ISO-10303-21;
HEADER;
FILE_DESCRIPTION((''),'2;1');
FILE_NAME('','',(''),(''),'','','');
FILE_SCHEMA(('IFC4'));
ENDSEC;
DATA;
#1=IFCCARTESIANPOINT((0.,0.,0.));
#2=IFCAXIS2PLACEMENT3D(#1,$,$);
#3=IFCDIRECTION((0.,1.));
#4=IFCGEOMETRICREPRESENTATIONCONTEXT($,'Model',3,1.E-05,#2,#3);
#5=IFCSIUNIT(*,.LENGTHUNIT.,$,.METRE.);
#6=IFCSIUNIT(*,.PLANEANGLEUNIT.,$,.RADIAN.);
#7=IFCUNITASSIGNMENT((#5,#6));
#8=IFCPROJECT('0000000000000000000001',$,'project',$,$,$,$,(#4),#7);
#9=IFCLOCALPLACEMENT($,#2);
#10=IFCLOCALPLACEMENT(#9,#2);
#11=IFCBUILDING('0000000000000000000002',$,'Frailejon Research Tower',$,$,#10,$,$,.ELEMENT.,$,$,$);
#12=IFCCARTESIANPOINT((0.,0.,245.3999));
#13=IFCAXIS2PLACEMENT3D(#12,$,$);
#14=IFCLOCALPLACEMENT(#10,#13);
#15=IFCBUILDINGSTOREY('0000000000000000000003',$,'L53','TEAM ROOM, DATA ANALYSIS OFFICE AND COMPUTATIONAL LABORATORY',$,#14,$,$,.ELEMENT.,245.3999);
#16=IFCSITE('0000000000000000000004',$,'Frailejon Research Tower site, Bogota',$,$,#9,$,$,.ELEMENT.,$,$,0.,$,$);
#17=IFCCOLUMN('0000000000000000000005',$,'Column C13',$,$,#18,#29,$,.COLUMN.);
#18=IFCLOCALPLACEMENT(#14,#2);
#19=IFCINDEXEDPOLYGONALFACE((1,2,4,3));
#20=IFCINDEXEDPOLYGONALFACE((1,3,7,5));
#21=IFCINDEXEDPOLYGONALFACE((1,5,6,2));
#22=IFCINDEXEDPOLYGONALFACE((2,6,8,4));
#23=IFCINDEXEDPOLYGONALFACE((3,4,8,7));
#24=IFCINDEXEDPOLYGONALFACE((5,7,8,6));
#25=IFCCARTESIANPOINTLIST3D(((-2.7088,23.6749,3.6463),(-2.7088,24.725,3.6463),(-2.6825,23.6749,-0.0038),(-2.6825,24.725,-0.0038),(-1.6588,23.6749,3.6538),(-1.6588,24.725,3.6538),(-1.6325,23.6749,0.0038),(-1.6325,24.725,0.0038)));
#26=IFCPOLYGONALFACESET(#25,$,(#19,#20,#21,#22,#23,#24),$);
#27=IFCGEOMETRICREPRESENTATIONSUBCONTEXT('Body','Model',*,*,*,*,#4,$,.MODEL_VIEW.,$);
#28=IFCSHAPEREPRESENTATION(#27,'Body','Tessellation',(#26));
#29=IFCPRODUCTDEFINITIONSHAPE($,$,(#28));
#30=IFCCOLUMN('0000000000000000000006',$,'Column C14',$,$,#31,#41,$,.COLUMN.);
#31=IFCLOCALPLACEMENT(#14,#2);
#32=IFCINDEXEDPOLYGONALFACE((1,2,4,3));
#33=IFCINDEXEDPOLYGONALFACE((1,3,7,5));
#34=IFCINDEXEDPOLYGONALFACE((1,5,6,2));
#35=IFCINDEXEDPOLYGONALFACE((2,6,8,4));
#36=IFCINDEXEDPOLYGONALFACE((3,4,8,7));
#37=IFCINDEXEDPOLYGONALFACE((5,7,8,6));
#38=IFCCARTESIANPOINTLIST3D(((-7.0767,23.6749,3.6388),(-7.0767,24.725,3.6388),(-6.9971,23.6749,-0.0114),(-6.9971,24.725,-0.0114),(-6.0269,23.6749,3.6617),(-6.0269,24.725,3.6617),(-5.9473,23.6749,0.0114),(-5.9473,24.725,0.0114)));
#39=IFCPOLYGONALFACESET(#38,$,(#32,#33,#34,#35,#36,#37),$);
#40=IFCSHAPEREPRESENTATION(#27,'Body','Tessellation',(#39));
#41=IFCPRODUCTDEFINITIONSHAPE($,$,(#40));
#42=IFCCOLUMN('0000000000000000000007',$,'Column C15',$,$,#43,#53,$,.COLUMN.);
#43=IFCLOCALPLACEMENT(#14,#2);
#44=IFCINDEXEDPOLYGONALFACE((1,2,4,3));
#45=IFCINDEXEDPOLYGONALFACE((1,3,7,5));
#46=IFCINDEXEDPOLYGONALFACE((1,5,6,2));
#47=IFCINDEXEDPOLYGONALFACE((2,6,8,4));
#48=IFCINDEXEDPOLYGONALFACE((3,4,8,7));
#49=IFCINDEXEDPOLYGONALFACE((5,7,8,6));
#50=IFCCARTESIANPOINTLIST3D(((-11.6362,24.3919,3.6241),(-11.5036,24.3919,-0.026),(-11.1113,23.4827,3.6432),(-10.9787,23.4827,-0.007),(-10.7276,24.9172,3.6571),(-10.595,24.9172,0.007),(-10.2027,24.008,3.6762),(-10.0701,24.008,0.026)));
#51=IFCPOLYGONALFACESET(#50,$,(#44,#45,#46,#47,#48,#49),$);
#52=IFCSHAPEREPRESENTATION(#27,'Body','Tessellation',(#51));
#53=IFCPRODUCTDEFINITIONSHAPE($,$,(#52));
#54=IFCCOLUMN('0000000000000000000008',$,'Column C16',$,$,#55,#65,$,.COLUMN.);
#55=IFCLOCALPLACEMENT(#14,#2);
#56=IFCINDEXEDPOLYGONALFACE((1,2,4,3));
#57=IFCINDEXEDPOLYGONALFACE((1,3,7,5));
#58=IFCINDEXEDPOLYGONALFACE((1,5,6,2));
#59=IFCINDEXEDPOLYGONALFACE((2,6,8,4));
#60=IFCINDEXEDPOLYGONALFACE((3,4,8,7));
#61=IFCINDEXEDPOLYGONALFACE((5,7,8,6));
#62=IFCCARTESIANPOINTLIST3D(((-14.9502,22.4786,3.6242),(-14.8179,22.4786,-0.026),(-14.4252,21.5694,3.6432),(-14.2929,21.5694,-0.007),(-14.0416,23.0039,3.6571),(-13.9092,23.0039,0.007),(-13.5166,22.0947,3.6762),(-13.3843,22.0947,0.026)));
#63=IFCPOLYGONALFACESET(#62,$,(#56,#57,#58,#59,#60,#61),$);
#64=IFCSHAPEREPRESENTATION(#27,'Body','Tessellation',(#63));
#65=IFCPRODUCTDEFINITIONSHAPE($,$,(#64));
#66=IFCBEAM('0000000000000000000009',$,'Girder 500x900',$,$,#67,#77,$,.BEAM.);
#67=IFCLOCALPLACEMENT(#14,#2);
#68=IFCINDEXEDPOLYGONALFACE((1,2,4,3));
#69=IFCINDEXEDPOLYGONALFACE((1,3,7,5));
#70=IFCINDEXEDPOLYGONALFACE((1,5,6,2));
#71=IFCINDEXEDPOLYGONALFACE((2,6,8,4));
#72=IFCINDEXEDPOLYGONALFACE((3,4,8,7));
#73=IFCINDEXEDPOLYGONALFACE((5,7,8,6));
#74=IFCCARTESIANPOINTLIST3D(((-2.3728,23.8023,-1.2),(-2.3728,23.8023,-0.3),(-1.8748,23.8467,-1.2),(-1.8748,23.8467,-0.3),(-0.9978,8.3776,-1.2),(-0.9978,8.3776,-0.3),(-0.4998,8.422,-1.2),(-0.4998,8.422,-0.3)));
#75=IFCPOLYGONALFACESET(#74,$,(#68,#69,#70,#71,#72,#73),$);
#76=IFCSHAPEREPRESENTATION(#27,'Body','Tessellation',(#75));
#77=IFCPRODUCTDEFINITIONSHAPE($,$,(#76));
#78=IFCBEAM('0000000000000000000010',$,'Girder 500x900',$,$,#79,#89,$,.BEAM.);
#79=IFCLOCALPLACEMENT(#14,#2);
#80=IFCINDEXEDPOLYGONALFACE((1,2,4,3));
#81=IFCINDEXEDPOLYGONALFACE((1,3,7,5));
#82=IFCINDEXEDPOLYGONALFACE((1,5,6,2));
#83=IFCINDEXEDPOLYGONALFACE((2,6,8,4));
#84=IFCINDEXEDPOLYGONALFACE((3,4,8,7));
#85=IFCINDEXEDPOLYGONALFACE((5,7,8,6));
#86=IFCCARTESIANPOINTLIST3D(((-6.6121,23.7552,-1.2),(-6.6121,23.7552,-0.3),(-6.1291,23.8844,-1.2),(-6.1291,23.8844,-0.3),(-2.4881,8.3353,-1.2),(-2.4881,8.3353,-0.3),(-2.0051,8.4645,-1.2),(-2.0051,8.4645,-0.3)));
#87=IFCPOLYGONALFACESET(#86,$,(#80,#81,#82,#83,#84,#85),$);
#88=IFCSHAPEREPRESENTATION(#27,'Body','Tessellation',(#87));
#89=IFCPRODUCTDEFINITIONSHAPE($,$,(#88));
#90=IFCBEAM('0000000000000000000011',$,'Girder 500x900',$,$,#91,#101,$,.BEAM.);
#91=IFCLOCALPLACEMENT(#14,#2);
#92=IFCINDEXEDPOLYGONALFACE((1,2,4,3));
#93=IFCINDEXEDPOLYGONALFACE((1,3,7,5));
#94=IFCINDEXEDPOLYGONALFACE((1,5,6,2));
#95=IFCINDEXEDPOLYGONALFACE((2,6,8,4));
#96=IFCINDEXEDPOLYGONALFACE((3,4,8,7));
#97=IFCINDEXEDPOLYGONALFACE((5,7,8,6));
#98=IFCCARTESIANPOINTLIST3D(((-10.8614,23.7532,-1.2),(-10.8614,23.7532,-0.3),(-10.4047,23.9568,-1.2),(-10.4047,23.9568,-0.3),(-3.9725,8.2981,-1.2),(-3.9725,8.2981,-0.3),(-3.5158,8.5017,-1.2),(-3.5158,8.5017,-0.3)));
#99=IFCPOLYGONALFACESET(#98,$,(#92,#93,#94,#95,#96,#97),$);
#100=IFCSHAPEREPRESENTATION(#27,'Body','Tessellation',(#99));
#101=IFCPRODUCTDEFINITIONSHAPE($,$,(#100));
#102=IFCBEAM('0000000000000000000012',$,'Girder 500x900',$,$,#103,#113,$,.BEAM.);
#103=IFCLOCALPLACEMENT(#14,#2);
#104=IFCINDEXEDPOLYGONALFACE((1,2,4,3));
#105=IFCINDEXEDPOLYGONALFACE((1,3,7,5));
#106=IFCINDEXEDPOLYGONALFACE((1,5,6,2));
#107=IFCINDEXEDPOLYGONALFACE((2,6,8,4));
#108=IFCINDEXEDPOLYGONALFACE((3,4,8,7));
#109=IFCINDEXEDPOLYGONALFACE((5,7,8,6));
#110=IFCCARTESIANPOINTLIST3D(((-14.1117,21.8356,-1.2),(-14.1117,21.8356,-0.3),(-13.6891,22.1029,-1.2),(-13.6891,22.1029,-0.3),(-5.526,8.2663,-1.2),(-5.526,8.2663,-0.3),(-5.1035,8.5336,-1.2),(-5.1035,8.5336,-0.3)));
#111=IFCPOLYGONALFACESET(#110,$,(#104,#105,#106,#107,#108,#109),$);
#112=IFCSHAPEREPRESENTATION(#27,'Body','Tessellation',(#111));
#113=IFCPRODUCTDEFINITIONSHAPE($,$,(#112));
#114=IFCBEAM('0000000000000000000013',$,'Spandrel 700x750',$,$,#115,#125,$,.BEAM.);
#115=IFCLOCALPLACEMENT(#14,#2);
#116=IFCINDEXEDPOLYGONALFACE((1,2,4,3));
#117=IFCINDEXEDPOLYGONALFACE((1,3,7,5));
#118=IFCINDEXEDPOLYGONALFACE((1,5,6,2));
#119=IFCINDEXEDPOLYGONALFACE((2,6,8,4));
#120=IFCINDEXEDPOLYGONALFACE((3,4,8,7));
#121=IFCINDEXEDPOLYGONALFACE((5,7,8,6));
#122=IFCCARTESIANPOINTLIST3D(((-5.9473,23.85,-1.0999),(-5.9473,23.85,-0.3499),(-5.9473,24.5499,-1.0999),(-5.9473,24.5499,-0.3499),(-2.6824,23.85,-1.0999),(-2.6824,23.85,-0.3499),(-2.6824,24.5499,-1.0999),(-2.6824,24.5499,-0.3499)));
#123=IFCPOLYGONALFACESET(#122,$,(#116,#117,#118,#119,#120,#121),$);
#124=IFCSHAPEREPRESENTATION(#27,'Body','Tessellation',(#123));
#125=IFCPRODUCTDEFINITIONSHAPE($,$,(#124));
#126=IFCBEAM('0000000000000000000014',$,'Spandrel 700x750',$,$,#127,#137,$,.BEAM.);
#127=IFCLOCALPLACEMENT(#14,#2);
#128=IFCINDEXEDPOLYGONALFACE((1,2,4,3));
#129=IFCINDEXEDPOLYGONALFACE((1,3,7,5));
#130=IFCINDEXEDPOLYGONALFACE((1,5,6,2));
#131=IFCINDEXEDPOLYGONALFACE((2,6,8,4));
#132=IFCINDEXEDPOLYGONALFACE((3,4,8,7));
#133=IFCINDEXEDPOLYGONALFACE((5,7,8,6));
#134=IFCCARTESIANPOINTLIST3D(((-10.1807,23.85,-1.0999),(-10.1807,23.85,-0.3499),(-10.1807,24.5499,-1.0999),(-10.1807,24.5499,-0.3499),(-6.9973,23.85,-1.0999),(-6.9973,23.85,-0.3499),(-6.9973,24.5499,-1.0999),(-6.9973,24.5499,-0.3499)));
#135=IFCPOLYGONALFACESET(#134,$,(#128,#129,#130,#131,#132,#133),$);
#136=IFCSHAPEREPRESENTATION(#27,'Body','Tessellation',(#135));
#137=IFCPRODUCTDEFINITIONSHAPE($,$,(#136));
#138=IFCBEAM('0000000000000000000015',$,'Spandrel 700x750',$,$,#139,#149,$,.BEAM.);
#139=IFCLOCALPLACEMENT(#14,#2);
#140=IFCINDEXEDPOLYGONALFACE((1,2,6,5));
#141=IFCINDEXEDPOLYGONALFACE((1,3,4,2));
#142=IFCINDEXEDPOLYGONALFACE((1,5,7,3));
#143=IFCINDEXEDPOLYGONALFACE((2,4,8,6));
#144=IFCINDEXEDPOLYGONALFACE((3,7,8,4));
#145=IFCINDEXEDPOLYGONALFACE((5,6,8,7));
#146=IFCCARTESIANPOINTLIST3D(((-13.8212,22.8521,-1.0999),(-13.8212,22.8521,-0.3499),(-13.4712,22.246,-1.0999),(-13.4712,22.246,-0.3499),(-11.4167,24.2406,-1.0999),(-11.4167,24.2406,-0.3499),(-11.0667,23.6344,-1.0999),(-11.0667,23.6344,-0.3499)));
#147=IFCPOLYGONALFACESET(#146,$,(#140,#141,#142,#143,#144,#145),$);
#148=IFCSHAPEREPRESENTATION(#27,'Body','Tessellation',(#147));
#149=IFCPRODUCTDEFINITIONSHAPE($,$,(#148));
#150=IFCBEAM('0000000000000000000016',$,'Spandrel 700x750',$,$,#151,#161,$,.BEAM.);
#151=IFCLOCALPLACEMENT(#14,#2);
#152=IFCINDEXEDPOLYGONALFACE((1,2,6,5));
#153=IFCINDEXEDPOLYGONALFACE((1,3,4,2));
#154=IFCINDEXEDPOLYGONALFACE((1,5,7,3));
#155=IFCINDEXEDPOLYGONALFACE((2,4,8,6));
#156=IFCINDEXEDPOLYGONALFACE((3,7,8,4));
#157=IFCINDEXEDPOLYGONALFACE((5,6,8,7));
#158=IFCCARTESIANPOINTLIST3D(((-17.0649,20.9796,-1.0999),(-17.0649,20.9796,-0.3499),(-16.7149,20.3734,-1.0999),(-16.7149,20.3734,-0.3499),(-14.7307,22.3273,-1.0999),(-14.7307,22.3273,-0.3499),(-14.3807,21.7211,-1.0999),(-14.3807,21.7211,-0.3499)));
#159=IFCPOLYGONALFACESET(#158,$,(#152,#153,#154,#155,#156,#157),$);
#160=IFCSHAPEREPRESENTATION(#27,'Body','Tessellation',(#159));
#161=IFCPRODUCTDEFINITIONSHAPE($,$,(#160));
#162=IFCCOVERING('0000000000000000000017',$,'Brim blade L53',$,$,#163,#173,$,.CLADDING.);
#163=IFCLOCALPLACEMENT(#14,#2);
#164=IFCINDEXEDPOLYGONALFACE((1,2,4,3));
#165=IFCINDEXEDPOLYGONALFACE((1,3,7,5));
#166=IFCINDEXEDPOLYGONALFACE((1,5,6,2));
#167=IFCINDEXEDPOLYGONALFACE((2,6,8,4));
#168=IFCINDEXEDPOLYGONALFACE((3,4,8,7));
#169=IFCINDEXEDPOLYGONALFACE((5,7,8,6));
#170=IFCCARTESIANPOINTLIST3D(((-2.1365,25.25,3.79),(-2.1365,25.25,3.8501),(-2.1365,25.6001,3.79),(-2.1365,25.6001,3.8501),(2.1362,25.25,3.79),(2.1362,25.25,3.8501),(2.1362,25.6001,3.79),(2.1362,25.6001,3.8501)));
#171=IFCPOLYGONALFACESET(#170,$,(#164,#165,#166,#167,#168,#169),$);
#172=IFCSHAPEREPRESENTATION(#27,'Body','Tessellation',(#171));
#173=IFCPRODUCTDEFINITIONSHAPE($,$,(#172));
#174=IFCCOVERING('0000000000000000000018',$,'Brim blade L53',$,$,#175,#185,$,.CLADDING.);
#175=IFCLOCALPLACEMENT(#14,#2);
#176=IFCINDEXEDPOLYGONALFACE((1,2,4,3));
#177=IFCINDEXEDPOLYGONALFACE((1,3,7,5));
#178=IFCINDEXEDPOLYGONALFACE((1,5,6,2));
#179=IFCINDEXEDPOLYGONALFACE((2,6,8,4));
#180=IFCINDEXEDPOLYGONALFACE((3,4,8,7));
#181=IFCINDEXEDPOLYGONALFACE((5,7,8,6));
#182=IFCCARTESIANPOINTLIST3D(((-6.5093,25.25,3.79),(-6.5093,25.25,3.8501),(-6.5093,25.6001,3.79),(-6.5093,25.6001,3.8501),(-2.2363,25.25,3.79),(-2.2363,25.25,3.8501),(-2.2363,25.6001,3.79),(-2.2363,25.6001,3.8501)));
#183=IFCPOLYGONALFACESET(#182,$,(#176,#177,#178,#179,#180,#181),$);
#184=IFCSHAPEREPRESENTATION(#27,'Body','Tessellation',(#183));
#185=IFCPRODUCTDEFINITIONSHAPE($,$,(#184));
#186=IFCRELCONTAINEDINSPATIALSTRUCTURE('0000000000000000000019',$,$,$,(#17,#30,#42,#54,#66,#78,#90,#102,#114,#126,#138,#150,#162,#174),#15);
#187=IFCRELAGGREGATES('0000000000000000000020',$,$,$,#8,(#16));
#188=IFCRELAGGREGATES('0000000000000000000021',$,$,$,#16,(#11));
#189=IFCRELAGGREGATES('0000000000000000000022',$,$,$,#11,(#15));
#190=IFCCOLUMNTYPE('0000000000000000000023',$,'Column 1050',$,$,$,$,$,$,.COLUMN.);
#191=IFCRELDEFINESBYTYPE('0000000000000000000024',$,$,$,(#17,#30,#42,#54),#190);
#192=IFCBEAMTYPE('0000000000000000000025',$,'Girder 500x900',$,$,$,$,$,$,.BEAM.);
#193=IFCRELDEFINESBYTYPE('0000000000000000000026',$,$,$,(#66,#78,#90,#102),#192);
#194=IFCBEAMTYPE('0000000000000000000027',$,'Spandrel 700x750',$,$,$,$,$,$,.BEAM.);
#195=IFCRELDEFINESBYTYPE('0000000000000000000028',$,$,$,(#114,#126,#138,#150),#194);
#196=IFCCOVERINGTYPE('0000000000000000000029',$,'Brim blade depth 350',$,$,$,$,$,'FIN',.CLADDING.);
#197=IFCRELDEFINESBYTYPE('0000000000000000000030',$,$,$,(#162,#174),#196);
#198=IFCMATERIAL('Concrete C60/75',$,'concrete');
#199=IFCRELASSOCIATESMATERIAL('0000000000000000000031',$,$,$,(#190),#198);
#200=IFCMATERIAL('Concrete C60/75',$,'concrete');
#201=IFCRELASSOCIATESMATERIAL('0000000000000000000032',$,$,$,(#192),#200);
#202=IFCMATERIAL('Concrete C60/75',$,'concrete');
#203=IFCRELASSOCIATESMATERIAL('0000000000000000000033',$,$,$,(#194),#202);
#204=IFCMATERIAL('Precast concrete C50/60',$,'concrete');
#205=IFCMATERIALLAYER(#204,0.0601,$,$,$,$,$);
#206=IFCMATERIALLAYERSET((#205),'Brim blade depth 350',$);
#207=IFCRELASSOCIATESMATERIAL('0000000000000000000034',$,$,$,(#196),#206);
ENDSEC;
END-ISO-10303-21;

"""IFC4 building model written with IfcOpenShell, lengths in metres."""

from ifc_helpers import new_model, si_unit, direction, frame, origin, origin_2d, place, context, subcontext, project, spatial, polyline, rectangle, outline, extrude, material, layer, layer_set, material_profile, profile_set, type_object, element, save


model = new_model("IFC4")

# Units and contexts
model_context = context("Model", 3, precision=1e-05, world=origin(), true_north=direction((0.0, 1.0)))
body_context = subcontext(model_context, "Body", "Model", "MODEL_VIEW")
ifc_project = project(units=[si_unit("LENGTHUNIT", "METRE"), si_unit("PLANEANGLEUNIT", "RADIAN")], contexts=[model_context])

# Site, building, storey
site_placement = place(None, origin())
site = spatial("IfcSite", under=ifc_project, at=site_placement, Name="Frailejon Research Tower site, Bogota", CompositionType="ELEMENT", RefElevation=0.0)
building_placement = place(site_placement, origin())
building = spatial("IfcBuilding", under=site, at=building_placement, Name="Frailejon Research Tower", CompositionType="ELEMENT")
storey_placement = place(building_placement, frame((0.0, 0.0, 245.3999)))
storey = spatial("IfcBuildingStorey", under=building, at=storey_placement, Name="L53", Description="TEAM ROOM, DATA ANALYSIS OFFICE AND COMPUTATIONAL LABORATORY", CompositionType="ELEMENT", Elevation=245.3999)

# Columns
ifc_material_1 = material(Name="Concrete C60/75", Category="concrete")
ifc_material_profile_1 = material_profile(ifc_material_1, rectangle(XDim=1.05, YDim=1.05, at=origin_2d()), Name="Column 1050")
ifc_profile_set_1 = profile_set([ifc_material_profile_1], Name="Concrete C60/75")
column_type = type_object("IfcColumnType", Name="Column 1050", PredefinedType="COLUMN", material=ifc_profile_set_1)
column_1_placement = place(storey_placement, frame((-2.1575, 24.2, 0.0), z_axis=(-0.007223, 0.0, 0.999974), x_axis=(-0.999974, 0.0, -0.007223)))
element("IfcColumn", 1, at=column_1_placement, inside=storey, type_object=column_type, Name="Column C13", PredefinedType="COLUMN", context=body_context, shape_type="SweptSolid", body=[
    extrude(rectangle(XDim=1.05, YDim=1.05, at=origin_2d()), origin(), (0.0, 0.0, 1.0), 3.6501),
])
column_2_placement = place(storey_placement, frame((-6.4722, 24.2, 0.0), z_axis=(-0.021799, 0.0, 0.999762), x_axis=(-0.999762, 0.0, -0.021799)))
element("IfcColumn", 2, at=column_2_placement, inside=storey, type_object=column_type, Name="Column C14", PredefinedType="COLUMN", context=body_context, shape_type="SweptSolid", body=[
    extrude(rectangle(XDim=1.05, YDim=1.05, at=origin_2d()), origin(), (0.0, 0.0, 1.0), 3.6511),
])
for number, where, z_axis, x_axis, name in (
    (3, (-10.7869, 24.2, 0.0), (-0.036295, 0.0, 0.999341), (-0.865313, -0.500246, -0.031427), "Column C15"),
    (4, (-14.1011, 22.2866, 0.0), (-0.036228, 0.0, 0.999344), (-0.865315, -0.500246, -0.031369), "Column C16"),
):
    element("IfcColumn", number, at=place(storey_placement, frame(where, z_axis=z_axis, x_axis=x_axis)), inside=storey, type_object=column_type, Name=name, PredefinedType="COLUMN", context=body_context, shape_type="SweptSolid", body=[
        extrude(rectangle(XDim=1.05, YDim=1.05, at=origin_2d()), origin(), (0.0, 0.0, 1.0), 3.6526),
    ])

# Beams
ifc_material_2 = material(Name="Concrete C60/75", Category="concrete")
ifc_material_profile_2 = material_profile(ifc_material_2, rectangle(XDim=0.5, YDim=0.8999, at=origin_2d()), Name="Girder 500x900")
ifc_profile_set_2 = profile_set([ifc_material_profile_2], Name="Concrete C60/75")
beam_type_1 = type_object("IfcBeamType", Name="Girder 500x900", PredefinedType="BEAM", material=ifc_profile_set_2)
beam_1_placement = place(storey_placement, frame((-2.1238, 23.8245, -0.75), z_axis=(0.088791, -0.99605, 0.0), x_axis=(0.99605, 0.088791, 0.0)))
element("IfcBeam", 5, at=beam_1_placement, inside=storey, type_object=beam_type_1, Name="Girder 500x900", PredefinedType="BEAM", context=body_context, shape_type="SweptSolid", body=[
    extrude(rectangle(XDim=0.5, YDim=0.8999, at=origin_2d()), origin(), (0.0, 0.0, 1.0), 15.4858),
])
beam_2_placement = place(storey_placement, frame((-6.3706, 23.8198, -0.75), z_axis=(0.258367, -0.966047, 0.0), x_axis=(0.966047, 0.258367, 0.0)))
element("IfcBeam", 6, at=beam_2_placement, inside=storey, type_object=beam_type_1, Name="Girder 500x900", PredefinedType="BEAM", context=body_context, shape_type="SweptSolid", body=[
    extrude(rectangle(XDim=0.5, YDim=0.8999, at=origin_2d()), origin(), (0.0, 0.0, 1.0), 15.9619),
])
beam_3_placement = place(storey_placement, frame((-10.6331, 23.855, -0.75), z_axis=(0.407125, -0.913373, 0.0), x_axis=(0.913373, 0.407125, 0.0)))
element("IfcBeam", 7, at=beam_3_placement, inside=storey, type_object=beam_type_1, Name="Girder 500x900", PredefinedType="BEAM", context=body_context, shape_type="SweptSolid", body=[
    extrude(rectangle(XDim=0.5, YDim=0.8999, at=origin_2d()), origin(), (0.0, 0.0, 1.0), 16.9209),
])
beam_4_placement = place(storey_placement, frame((-13.9004, 21.9692, -0.75), z_axis=(0.534687, -0.84505, 0.0), x_axis=(0.84505, 0.534687, 0.0)))
element("IfcBeam", 8, at=beam_4_placement, inside=storey, type_object=beam_type_1, Name="Girder 500x900", PredefinedType="BEAM", context=body_context, shape_type="SweptSolid", body=[
    extrude(rectangle(XDim=0.5, YDim=0.8999, at=origin_2d()), origin(), (0.0, 0.0, 1.0), 16.0574),
])
ifc_material_3 = material(Name="Concrete C60/75", Category="concrete")
ifc_material_profile_3 = material_profile(ifc_material_3, rectangle(XDim=0.7, YDim=0.75, at=origin_2d()), Name="Spandrel 700x750")
ifc_profile_set_3 = profile_set([ifc_material_profile_3], Name="Concrete C60/75")
beam_type_2 = type_object("IfcBeamType", Name="Spandrel 700x750", PredefinedType="BEAM", material=ifc_profile_set_3)
beam_5_placement = place(storey_placement, frame((-2.6824, 24.2, -0.7249), z_axis=(-1.0, 0.0, 0.0), x_axis=(0.0, -1.0, 0.0)))
element("IfcBeam", 9, at=beam_5_placement, inside=storey, type_object=beam_type_2, Name="Spandrel 700x750", PredefinedType="BEAM", context=body_context, shape_type="SweptSolid", body=[
    extrude(rectangle(XDim=0.7, YDim=0.75, at=origin_2d()), origin(), (0.0, 0.0, 1.0), 3.2649),
])
beam_6_placement = place(storey_placement, frame((-6.9973, 24.2, -0.7249), z_axis=(-1.0, 0.0, 0.0), x_axis=(0.0, -1.0, 0.0)))
element("IfcBeam", 10, at=beam_6_placement, inside=storey, type_object=beam_type_2, Name="Spandrel 700x750", PredefinedType="BEAM", context=body_context, shape_type="SweptSolid", body=[
    extrude(rectangle(XDim=0.7, YDim=0.75, at=origin_2d()), origin(), (0.0, 0.0, 1.0), 3.1833),
])
beam_7_placement = place(storey_placement, frame((-11.2417, 23.9375, -0.7249), z_axis=(-0.866, -0.500045, 0.0), x_axis=(0.500045, -0.866, 0.0)))
element("IfcBeam", 11, at=beam_7_placement, inside=storey, type_object=beam_type_2, Name="Spandrel 700x750", PredefinedType="BEAM", context=body_context, shape_type="SweptSolid", body=[
    extrude(rectangle(XDim=0.7, YDim=0.75, at=origin_2d()), origin(), (0.0, 0.0, 1.0), 2.7766),
])
beam_8_placement = place(storey_placement, frame((-14.5557, 22.0242, -0.7249), z_axis=(-0.866027, -0.499997, 0.0), x_axis=(0.499997, -0.866027, 0.0)))
element("IfcBeam", 12, at=beam_8_placement, inside=storey, type_object=beam_type_2, Name="Spandrel 700x750", PredefinedType="BEAM", context=body_context, shape_type="SweptSolid", body=[
    extrude(rectangle(XDim=0.7, YDim=0.75, at=origin_2d()), origin(), (0.0, 0.0, 1.0), 2.6953),
])

# Coverings
ifc_material_4 = material(Name="Precast concrete C50/60", Category="concrete")
ifc_layer_1 = layer(ifc_material_4, 0.0601)
ifc_layer_set_1 = layer_set([ifc_layer_1], Name="Brim blade depth 350")
covering_type_1 = type_object("IfcCoveringType", Name="Brim blade depth 350", ElementType="FIN", PredefinedType="CLADDING", material=ifc_layer_set_1)
covering_1_placement = place(storey_placement, frame((-2.1365, 25.25, 3.8501), z_axis=(1.0, 0.0, 0.0), x_axis=(0.0, 1.0, 0.0)))
element("IfcCovering", 13, at=covering_1_placement, inside=storey, type_object=covering_type_1, Name="Brim blade L53", PredefinedType="CLADDING", context=body_context, shape_type="SweptSolid", body=[
    extrude(outline(polyline([(0.0, -0.0601), (0.3501, -0.0601), (0.3501, 0.0), (0.0, 0.0), (0.0, -0.0601)])), origin(), (0.0, 0.0, 1.0), 4.2727),
])
covering_2_placement = place(storey_placement, frame((-6.5093, 25.25, 3.8501), z_axis=(1.0, 0.0, 0.0), x_axis=(0.0, 1.0, 0.0)))
element("IfcCovering", 14, at=covering_2_placement, inside=storey, type_object=covering_type_1, Name="Brim blade L53", PredefinedType="CLADDING", context=body_context, shape_type="SweptSolid", body=[
    extrude(outline(polyline([(0.0, -0.0601), (0.3501, -0.0601), (0.3501, 0.0), (0.0, 0.0), (0.0, -0.0601)])), origin(), (0.0, 0.0, 1.0), 4.2729),
])

save(model, "model.ifc")
